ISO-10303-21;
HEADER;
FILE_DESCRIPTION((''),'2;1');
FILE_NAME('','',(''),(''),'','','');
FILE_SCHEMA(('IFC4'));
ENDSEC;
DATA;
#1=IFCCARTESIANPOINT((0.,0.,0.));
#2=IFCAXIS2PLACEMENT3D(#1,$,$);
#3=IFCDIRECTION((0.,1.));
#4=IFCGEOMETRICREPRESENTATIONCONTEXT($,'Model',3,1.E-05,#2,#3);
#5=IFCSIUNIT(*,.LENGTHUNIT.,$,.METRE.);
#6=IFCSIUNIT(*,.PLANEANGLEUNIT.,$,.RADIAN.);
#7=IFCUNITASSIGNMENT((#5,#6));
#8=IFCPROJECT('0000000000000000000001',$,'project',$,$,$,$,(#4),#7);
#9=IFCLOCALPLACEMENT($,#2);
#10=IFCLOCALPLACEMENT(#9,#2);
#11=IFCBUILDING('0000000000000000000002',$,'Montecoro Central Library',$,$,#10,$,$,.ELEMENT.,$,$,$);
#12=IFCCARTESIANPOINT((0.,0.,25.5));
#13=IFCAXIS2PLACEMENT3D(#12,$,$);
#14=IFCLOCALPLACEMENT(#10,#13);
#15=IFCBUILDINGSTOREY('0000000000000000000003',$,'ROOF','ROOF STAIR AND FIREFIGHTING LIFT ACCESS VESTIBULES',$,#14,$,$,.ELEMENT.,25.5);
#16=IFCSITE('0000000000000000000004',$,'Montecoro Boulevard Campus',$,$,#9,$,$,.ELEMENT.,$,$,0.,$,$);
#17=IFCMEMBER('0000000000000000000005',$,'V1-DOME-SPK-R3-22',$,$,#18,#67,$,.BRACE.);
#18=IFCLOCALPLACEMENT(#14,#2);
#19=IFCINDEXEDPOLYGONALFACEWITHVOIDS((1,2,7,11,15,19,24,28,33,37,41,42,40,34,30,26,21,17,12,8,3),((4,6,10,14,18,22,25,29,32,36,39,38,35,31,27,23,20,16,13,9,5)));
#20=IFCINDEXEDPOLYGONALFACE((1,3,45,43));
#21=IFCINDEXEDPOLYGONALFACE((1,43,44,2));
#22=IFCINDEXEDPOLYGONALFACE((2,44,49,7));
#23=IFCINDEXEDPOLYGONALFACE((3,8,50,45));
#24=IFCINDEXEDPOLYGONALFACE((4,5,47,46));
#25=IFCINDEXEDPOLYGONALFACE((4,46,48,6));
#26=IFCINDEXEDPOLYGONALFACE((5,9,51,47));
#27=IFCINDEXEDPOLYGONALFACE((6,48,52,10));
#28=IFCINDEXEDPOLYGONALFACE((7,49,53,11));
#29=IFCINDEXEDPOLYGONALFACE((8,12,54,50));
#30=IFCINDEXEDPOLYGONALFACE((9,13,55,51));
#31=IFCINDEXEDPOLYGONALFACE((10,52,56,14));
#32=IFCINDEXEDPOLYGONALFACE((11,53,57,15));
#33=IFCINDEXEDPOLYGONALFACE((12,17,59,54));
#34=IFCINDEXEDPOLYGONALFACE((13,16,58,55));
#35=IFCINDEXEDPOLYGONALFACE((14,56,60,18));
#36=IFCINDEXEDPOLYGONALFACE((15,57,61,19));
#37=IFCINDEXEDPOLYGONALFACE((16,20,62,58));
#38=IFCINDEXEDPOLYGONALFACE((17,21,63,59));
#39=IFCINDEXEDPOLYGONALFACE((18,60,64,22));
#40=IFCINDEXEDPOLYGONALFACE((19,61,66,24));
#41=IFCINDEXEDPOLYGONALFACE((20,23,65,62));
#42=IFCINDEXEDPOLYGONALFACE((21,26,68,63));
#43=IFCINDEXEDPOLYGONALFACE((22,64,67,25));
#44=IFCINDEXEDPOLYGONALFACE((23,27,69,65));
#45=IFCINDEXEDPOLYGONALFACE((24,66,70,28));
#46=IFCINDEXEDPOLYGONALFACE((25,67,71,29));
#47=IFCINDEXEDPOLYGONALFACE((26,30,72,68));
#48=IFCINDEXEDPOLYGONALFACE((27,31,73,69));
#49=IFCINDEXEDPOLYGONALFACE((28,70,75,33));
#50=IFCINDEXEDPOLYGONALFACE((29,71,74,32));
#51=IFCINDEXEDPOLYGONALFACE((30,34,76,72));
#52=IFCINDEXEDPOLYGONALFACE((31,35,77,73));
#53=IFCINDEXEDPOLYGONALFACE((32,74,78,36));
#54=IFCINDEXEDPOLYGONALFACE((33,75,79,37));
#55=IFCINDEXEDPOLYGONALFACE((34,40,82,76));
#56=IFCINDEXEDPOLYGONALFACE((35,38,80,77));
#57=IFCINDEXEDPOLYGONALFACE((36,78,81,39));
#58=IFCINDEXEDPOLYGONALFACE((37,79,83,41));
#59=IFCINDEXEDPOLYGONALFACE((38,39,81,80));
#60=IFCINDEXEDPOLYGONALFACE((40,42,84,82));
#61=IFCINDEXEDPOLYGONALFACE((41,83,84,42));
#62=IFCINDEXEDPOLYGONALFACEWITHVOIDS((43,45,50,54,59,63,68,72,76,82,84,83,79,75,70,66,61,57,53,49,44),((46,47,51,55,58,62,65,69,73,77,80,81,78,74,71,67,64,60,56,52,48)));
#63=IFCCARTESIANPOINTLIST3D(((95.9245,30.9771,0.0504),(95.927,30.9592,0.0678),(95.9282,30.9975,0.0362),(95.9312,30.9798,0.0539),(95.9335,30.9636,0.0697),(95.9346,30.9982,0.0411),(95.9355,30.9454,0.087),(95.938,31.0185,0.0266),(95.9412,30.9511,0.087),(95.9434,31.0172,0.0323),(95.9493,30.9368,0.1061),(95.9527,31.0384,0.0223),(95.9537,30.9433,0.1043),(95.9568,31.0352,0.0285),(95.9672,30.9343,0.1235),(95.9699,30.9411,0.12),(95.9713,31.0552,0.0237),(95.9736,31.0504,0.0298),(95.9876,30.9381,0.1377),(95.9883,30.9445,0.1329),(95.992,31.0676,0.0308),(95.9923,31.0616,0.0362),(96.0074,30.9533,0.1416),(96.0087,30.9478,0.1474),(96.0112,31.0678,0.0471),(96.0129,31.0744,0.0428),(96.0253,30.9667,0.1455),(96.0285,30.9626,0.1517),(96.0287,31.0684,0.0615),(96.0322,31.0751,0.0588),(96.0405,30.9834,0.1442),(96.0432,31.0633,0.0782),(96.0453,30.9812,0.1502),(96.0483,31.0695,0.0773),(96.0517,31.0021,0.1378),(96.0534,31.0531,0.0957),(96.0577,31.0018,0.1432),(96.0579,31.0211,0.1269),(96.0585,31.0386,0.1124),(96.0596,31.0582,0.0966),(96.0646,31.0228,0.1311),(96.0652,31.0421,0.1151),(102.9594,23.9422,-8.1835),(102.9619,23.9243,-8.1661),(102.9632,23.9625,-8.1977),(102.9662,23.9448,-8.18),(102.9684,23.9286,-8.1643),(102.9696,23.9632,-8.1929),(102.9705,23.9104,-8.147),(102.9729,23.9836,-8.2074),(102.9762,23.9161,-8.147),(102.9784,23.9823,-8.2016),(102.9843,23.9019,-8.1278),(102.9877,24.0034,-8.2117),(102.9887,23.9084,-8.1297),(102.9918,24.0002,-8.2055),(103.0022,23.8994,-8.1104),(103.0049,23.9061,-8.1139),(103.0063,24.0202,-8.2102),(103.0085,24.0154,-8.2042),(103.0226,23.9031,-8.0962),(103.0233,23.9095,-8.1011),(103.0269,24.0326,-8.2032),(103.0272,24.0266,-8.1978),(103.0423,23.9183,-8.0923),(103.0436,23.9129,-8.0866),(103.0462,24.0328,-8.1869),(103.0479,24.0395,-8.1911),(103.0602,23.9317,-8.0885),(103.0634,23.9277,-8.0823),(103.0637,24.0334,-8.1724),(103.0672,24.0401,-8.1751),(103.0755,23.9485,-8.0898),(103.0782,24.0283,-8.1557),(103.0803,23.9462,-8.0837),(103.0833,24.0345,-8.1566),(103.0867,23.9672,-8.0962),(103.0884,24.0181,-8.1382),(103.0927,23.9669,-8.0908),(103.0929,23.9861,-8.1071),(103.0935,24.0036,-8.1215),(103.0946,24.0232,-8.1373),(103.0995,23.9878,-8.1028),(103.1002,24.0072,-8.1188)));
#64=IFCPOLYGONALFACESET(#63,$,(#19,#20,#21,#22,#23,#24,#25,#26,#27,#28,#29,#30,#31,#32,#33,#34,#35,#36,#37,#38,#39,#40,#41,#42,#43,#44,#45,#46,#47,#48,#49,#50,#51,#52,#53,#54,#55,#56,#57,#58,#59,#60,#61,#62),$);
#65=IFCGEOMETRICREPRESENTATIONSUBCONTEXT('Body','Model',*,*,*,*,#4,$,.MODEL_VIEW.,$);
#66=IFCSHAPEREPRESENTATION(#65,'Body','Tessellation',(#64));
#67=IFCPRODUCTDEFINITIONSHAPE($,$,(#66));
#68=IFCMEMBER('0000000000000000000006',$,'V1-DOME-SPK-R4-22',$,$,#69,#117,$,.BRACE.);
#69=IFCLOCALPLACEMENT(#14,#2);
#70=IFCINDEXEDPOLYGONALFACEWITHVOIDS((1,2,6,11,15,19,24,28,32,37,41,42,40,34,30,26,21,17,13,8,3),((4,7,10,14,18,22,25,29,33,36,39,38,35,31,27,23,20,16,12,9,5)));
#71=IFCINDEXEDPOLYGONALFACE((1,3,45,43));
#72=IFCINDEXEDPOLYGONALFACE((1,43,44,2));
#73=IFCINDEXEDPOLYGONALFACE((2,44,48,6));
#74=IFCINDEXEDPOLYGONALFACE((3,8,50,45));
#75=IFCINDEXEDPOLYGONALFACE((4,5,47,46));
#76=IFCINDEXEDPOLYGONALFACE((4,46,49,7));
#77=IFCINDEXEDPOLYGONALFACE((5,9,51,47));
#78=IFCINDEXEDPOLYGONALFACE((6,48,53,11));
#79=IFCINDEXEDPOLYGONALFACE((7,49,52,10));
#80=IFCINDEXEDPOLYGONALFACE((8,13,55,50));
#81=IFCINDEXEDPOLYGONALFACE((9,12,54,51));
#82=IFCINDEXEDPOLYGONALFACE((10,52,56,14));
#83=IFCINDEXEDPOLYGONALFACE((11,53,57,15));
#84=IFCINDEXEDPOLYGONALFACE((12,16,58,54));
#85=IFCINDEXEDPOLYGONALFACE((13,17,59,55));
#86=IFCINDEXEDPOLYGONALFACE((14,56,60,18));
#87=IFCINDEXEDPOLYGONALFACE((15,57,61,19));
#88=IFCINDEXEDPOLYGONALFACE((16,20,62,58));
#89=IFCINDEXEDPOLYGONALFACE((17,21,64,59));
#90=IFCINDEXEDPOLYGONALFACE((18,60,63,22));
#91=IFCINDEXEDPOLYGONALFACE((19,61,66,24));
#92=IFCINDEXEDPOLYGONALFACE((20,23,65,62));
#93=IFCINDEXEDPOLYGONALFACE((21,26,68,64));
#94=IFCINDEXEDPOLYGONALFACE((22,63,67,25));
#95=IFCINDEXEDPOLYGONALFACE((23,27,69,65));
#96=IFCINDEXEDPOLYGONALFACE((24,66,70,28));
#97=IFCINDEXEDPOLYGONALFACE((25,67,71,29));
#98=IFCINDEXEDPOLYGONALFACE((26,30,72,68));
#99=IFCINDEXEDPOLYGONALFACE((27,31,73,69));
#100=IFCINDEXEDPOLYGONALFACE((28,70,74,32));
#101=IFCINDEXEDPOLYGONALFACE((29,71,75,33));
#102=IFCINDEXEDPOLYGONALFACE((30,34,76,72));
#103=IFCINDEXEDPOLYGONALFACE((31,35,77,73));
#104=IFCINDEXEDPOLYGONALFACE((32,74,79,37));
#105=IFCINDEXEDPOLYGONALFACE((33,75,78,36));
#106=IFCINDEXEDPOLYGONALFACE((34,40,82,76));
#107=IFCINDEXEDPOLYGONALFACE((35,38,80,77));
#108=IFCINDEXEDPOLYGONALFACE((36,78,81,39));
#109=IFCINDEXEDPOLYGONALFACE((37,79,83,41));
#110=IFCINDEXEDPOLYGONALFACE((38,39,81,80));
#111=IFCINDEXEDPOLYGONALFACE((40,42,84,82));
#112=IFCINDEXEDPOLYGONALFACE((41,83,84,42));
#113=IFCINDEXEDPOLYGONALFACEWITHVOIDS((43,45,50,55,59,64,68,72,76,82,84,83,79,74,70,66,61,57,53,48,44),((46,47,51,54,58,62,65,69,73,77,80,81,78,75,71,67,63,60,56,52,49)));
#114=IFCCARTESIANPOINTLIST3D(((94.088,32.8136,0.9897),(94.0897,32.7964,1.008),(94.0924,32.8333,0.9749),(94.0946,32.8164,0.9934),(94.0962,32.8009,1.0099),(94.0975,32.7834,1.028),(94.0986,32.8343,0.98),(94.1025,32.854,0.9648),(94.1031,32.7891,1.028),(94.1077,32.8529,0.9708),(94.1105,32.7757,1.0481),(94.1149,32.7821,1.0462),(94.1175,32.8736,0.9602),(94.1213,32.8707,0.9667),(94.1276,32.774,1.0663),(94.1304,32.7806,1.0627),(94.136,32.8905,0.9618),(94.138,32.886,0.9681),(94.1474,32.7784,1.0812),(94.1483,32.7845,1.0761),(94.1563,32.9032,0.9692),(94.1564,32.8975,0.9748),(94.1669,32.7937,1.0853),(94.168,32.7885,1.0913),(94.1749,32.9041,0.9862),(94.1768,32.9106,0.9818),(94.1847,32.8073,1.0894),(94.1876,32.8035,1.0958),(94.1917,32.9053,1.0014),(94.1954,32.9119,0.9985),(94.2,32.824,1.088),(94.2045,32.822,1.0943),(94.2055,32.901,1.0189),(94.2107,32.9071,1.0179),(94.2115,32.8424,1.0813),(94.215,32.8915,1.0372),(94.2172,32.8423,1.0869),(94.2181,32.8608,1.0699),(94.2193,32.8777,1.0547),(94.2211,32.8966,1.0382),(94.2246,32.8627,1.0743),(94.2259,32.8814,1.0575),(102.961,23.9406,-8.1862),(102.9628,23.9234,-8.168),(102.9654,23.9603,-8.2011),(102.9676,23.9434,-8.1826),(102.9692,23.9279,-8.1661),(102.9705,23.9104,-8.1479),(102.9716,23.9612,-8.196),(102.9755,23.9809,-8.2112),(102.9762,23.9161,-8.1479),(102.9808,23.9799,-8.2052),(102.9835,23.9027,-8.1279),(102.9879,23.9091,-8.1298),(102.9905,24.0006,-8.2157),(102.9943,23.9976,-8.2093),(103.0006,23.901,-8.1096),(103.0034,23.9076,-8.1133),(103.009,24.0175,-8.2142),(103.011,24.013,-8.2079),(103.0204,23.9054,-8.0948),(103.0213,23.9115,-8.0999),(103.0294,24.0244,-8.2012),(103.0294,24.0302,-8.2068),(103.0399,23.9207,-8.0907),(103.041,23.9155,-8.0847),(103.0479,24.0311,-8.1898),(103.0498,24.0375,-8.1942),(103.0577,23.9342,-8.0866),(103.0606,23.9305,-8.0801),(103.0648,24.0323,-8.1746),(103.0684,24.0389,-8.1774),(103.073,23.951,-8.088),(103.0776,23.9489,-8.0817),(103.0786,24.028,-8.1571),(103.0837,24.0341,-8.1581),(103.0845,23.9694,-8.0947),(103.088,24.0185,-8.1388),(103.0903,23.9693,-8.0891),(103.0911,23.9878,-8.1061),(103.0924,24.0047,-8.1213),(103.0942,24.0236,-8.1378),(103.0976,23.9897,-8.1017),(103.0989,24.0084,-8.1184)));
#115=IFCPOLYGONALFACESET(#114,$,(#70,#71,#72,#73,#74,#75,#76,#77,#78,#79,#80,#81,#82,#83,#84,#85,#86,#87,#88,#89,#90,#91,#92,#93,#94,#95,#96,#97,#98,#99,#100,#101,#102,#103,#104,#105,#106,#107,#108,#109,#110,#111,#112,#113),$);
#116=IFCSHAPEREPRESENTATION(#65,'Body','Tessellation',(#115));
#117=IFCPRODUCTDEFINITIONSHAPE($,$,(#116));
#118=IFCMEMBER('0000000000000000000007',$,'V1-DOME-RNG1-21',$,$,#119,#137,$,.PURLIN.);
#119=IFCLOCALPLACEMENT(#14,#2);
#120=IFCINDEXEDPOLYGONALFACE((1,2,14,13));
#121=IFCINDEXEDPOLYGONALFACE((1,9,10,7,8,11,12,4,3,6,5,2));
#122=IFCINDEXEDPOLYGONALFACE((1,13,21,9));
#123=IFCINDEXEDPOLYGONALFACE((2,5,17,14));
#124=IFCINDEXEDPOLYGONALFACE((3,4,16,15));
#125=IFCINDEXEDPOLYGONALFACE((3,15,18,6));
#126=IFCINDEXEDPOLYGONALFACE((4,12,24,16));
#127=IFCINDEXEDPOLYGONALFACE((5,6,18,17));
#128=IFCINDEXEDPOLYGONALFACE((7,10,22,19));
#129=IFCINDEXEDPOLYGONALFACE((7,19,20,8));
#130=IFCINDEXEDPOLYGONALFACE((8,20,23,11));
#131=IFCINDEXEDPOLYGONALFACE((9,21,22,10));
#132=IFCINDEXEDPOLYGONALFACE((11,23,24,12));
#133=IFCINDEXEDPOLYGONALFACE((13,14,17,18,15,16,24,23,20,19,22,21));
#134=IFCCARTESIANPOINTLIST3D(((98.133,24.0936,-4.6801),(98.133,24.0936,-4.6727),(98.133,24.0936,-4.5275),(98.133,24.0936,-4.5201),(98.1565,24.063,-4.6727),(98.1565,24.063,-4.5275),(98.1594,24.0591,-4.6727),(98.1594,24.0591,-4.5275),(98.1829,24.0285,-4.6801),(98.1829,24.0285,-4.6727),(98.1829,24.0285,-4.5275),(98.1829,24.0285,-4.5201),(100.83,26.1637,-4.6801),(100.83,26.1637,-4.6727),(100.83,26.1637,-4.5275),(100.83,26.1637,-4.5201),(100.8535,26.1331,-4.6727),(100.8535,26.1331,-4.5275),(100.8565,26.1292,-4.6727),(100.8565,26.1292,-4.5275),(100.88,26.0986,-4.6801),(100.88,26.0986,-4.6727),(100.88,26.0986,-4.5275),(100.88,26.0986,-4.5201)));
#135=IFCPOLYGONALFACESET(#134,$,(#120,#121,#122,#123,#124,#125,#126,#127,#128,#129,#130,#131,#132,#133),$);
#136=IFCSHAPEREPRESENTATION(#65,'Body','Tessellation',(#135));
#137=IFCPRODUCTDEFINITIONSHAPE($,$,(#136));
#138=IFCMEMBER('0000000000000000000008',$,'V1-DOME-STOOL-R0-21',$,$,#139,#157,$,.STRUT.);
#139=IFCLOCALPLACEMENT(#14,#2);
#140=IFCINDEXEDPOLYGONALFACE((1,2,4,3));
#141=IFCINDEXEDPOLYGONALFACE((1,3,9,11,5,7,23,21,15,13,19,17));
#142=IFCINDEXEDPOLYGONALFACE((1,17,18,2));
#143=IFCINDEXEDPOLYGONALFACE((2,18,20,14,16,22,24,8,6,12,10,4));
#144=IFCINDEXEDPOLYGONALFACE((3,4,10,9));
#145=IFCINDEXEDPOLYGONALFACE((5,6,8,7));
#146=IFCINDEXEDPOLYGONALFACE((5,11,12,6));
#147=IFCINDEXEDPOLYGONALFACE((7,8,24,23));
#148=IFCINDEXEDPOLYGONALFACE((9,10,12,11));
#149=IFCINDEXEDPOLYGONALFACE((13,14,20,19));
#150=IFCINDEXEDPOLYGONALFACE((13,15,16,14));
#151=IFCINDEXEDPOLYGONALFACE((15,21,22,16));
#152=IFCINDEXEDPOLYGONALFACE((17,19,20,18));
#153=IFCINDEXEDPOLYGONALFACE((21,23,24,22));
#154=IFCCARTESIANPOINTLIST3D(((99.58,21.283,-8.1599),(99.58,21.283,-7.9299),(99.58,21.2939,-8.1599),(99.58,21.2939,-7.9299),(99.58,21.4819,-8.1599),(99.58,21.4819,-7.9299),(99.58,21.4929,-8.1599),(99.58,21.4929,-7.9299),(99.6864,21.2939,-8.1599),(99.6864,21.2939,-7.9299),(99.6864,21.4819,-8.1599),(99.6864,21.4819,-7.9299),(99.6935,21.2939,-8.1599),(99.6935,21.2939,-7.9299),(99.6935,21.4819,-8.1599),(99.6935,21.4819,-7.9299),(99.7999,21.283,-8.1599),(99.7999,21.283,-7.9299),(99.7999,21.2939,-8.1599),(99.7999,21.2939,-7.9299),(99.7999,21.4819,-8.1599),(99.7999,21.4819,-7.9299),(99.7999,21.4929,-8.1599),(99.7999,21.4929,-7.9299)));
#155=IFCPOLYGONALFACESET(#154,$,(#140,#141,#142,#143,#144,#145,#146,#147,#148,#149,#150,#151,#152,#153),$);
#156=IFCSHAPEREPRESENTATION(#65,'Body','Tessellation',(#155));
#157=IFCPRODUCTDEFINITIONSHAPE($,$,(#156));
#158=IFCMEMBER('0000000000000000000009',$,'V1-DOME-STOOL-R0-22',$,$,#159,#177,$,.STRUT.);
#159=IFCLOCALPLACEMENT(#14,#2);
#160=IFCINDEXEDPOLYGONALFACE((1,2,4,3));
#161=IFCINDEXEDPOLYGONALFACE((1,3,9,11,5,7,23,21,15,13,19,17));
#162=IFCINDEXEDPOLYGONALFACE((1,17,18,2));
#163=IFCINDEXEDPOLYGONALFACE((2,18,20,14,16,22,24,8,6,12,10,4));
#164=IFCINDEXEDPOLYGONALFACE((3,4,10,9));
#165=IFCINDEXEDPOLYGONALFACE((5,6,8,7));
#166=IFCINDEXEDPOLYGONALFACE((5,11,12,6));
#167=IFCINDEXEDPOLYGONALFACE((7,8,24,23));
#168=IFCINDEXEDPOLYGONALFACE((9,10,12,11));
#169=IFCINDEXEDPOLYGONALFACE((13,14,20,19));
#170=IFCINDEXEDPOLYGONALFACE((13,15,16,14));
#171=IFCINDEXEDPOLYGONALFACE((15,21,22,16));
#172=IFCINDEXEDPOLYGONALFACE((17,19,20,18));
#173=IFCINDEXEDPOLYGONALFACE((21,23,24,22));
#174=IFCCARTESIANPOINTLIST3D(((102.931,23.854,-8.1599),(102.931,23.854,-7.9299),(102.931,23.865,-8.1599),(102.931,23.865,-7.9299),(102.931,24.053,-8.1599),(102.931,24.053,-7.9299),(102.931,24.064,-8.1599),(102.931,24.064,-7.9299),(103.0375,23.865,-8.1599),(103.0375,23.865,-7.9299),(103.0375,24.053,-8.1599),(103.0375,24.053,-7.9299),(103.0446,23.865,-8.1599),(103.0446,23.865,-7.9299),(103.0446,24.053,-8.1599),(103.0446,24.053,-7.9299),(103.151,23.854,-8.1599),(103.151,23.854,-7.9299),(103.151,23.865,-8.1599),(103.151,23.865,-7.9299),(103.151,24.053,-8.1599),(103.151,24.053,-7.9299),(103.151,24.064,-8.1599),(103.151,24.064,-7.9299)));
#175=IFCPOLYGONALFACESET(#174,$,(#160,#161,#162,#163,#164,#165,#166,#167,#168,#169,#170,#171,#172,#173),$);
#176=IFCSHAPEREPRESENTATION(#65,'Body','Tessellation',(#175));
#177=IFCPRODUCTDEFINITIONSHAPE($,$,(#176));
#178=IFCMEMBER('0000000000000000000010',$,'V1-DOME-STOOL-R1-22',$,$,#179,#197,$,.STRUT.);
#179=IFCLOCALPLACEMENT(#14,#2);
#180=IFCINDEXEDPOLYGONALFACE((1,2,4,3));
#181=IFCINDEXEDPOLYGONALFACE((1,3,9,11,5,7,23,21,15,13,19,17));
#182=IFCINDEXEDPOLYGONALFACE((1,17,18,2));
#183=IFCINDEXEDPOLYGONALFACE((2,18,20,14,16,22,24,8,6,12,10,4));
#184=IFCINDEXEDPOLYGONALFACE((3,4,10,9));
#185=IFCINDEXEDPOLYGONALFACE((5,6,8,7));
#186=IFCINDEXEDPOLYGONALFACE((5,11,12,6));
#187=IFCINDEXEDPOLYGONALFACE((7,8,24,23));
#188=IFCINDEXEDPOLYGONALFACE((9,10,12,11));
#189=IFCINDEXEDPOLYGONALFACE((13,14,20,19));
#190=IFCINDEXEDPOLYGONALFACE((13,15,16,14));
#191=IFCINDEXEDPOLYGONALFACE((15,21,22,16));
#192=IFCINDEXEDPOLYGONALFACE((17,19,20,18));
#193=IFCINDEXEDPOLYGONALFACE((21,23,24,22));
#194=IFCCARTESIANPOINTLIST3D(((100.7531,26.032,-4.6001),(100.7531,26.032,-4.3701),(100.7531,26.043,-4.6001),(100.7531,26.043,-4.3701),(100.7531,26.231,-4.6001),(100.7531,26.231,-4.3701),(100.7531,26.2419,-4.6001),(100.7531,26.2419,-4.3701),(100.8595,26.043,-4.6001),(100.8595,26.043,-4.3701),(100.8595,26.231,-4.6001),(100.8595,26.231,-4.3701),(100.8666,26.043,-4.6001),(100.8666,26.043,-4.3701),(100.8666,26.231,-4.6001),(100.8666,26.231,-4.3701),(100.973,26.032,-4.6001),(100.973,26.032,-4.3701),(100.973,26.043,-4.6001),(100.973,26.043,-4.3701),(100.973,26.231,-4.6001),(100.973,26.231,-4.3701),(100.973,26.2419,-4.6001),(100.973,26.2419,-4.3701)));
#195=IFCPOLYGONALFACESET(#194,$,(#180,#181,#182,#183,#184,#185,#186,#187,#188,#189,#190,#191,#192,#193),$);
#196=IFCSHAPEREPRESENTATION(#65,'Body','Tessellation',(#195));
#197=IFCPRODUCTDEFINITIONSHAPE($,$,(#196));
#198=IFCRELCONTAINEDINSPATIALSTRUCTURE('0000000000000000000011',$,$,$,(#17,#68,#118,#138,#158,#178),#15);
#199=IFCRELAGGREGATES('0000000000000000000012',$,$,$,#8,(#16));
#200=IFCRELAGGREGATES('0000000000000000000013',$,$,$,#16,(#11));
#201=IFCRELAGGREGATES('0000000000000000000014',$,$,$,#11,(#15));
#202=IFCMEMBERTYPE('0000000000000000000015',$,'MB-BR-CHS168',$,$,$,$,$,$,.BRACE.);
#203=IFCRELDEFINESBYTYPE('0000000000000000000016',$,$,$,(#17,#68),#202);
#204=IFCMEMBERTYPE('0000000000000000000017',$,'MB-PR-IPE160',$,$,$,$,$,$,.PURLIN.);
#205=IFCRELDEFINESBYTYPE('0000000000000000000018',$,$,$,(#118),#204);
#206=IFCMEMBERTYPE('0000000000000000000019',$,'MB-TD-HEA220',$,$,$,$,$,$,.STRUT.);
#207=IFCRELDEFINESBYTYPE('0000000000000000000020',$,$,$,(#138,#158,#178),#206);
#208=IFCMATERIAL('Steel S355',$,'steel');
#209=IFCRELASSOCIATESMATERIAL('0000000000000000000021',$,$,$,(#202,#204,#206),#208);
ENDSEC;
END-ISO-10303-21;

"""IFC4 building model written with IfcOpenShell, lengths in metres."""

from ifc_helpers import new_model, si_unit, direction, frame, origin, origin_2d, place, context, subcontext, project, spatial, hollow_circle, i_section, extrude, material, material_profile, profile_set, type_object, element, save


model = new_model("IFC4")

# Units and contexts
model_context = context("Model", 3, precision=1e-05, world=origin(), true_north=direction((0.0, 1.0)))
body_context = subcontext(model_context, "Body", "Model", "MODEL_VIEW")
ifc_project = project(units=[si_unit("LENGTHUNIT", "METRE"), si_unit("PLANEANGLEUNIT", "RADIAN")], contexts=[model_context])

# Site, building, storey
site_placement = place(None, origin())
site = spatial("IfcSite", under=ifc_project, at=site_placement, Name="Montecoro Boulevard Campus", CompositionType="ELEMENT", RefElevation=0.0)
building_placement = place(site_placement, origin())
building = spatial("IfcBuilding", under=site, at=building_placement, Name="Montecoro Central Library", CompositionType="ELEMENT")
storey_placement = place(building_placement, frame((0.0, 0.0, 25.5)))
storey = spatial("IfcBuildingStorey", under=building, at=storey_placement, Name="ROOF", Description="ROOF STAIR AND FIREFIGHTING LIFT ACCESS VESTIBULES", CompositionType="ELEMENT", Elevation=25.5)

# Members
ifc_material_1 = material(Name="Steel S355", Category="steel")
ifc_material_profile_1 = material_profile(ifc_material_1, hollow_circle(Radius=0.0842, WallThickness=0.0081, at=origin_2d()), Name="CHS 168.3x8.0")
ifc_profile_set_1 = profile_set([ifc_material_profile_1], Name="Steel S355")
member_type_1 = type_object("IfcMemberType", Name="MB-BR-CHS168", PredefinedType="BRACE", material=ifc_profile_set_1)
member_1_placement = place(storey_placement, frame((103.03, 23.97, -8.147), z_axis=(-0.544742, 0.544742, 0.637583), x_axis=(-0.707107, -0.707107, 0.0)))
element("IfcMember", 1, at=member_1_placement, inside=storey, type_object=member_type_1, Name="V1-DOME-SPK-R3-22", PredefinedType="BRACE", context=body_context, shape_type="SweptSolid", body=[
    extrude(hollow_circle(Radius=0.0842, WallThickness=0.0081, at=origin_2d()), origin(), (0.0, 0.0, 1.0), 12.9143),
])
member_2_placement = place(storey_placement, frame((103.03, 23.97, -8.1479), z_axis=(-0.570781, 0.570781, 0.59027), x_axis=(-0.707107, -0.707107, 0.0)))
element("IfcMember", 2, at=member_2_placement, inside=storey, type_object=member_type_1, Name="V1-DOME-SPK-R4-22", PredefinedType="BRACE", context=body_context, shape_type="SweptSolid", body=[
    extrude(hollow_circle(Radius=0.0842, WallThickness=0.0081, at=origin_2d()), origin(), (0.0, 0.0, 1.0), 15.5454),
])
ifc_material_profile_2 = material_profile(ifc_material_1, i_section(OverallWidth=0.082, OverallDepth=0.1599, WebThickness=0.0049, FlangeThickness=0.0073, at=origin_2d()), Name="IPE 160")
ifc_profile_set_2 = profile_set([ifc_material_profile_2], Name="Steel S355")
member_type_2 = type_object("IfcMemberType", Name="MB-PR-IPE160", PredefinedType="PURLIN", material=ifc_profile_set_2)
member_3_placement = place(storey_placement, frame((98.158, 24.061, -4.6001), z_axis=(0.793272, 0.608867, 0.0), x_axis=(-0.608867, 0.793272, 0.0)))
element("IfcMember", 3, at=member_3_placement, inside=storey, type_object=member_type_2, Name="V1-DOME-RNG1-21", PredefinedType="PURLIN", context=body_context, shape_type="SweptSolid", body=[
    extrude(i_section(OverallWidth=0.082, OverallDepth=0.1599, WebThickness=0.0049, FlangeThickness=0.0073, at=origin_2d()), origin(), (0.0, 0.0, 1.0), 3.3999),
])
ifc_material_profile_3 = material_profile(ifc_material_1, i_section(OverallWidth=0.22, OverallDepth=0.21, WebThickness=0.0071, FlangeThickness=0.011, at=origin_2d()), Name="HEA 220")
ifc_profile_set_3 = profile_set([ifc_material_profile_3], Name="Steel S355")
member_type_3 = type_object("IfcMemberType", Name="MB-TD-HEA220", PredefinedType="STRUT", material=ifc_profile_set_3)
for number, where, z_axis, x_axis, name in (
    (4, (99.6899, 21.3879, -8.1599), (0.0, 0.0, 1.0), (1.0, 0.0, 0.0), "V1-DOME-STOOL-R0-21"),
    (5, (103.041, 23.959, -8.1599), (0.0, 0.0, 1.0), (1.0, 0.0, 0.0), "V1-DOME-STOOL-R0-22"),
    (6, (100.863, 26.137, -4.6001), (0.0, 0.0, 1.0), (1.0, 0.0, 0.0), "V1-DOME-STOOL-R1-22"),
):
    element("IfcMember", number, at=place(storey_placement, frame(where, z_axis=z_axis, x_axis=x_axis)), inside=storey, type_object=member_type_3, Name=name, PredefinedType="STRUT", context=body_context, shape_type="SweptSolid", body=[
        extrude(i_section(OverallWidth=0.22, OverallDepth=0.21, WebThickness=0.0071, FlangeThickness=0.011, at=origin_2d()), origin(), (0.0, 0.0, 1.0), 0.23),
    ])

save(model, "model.ifc")
